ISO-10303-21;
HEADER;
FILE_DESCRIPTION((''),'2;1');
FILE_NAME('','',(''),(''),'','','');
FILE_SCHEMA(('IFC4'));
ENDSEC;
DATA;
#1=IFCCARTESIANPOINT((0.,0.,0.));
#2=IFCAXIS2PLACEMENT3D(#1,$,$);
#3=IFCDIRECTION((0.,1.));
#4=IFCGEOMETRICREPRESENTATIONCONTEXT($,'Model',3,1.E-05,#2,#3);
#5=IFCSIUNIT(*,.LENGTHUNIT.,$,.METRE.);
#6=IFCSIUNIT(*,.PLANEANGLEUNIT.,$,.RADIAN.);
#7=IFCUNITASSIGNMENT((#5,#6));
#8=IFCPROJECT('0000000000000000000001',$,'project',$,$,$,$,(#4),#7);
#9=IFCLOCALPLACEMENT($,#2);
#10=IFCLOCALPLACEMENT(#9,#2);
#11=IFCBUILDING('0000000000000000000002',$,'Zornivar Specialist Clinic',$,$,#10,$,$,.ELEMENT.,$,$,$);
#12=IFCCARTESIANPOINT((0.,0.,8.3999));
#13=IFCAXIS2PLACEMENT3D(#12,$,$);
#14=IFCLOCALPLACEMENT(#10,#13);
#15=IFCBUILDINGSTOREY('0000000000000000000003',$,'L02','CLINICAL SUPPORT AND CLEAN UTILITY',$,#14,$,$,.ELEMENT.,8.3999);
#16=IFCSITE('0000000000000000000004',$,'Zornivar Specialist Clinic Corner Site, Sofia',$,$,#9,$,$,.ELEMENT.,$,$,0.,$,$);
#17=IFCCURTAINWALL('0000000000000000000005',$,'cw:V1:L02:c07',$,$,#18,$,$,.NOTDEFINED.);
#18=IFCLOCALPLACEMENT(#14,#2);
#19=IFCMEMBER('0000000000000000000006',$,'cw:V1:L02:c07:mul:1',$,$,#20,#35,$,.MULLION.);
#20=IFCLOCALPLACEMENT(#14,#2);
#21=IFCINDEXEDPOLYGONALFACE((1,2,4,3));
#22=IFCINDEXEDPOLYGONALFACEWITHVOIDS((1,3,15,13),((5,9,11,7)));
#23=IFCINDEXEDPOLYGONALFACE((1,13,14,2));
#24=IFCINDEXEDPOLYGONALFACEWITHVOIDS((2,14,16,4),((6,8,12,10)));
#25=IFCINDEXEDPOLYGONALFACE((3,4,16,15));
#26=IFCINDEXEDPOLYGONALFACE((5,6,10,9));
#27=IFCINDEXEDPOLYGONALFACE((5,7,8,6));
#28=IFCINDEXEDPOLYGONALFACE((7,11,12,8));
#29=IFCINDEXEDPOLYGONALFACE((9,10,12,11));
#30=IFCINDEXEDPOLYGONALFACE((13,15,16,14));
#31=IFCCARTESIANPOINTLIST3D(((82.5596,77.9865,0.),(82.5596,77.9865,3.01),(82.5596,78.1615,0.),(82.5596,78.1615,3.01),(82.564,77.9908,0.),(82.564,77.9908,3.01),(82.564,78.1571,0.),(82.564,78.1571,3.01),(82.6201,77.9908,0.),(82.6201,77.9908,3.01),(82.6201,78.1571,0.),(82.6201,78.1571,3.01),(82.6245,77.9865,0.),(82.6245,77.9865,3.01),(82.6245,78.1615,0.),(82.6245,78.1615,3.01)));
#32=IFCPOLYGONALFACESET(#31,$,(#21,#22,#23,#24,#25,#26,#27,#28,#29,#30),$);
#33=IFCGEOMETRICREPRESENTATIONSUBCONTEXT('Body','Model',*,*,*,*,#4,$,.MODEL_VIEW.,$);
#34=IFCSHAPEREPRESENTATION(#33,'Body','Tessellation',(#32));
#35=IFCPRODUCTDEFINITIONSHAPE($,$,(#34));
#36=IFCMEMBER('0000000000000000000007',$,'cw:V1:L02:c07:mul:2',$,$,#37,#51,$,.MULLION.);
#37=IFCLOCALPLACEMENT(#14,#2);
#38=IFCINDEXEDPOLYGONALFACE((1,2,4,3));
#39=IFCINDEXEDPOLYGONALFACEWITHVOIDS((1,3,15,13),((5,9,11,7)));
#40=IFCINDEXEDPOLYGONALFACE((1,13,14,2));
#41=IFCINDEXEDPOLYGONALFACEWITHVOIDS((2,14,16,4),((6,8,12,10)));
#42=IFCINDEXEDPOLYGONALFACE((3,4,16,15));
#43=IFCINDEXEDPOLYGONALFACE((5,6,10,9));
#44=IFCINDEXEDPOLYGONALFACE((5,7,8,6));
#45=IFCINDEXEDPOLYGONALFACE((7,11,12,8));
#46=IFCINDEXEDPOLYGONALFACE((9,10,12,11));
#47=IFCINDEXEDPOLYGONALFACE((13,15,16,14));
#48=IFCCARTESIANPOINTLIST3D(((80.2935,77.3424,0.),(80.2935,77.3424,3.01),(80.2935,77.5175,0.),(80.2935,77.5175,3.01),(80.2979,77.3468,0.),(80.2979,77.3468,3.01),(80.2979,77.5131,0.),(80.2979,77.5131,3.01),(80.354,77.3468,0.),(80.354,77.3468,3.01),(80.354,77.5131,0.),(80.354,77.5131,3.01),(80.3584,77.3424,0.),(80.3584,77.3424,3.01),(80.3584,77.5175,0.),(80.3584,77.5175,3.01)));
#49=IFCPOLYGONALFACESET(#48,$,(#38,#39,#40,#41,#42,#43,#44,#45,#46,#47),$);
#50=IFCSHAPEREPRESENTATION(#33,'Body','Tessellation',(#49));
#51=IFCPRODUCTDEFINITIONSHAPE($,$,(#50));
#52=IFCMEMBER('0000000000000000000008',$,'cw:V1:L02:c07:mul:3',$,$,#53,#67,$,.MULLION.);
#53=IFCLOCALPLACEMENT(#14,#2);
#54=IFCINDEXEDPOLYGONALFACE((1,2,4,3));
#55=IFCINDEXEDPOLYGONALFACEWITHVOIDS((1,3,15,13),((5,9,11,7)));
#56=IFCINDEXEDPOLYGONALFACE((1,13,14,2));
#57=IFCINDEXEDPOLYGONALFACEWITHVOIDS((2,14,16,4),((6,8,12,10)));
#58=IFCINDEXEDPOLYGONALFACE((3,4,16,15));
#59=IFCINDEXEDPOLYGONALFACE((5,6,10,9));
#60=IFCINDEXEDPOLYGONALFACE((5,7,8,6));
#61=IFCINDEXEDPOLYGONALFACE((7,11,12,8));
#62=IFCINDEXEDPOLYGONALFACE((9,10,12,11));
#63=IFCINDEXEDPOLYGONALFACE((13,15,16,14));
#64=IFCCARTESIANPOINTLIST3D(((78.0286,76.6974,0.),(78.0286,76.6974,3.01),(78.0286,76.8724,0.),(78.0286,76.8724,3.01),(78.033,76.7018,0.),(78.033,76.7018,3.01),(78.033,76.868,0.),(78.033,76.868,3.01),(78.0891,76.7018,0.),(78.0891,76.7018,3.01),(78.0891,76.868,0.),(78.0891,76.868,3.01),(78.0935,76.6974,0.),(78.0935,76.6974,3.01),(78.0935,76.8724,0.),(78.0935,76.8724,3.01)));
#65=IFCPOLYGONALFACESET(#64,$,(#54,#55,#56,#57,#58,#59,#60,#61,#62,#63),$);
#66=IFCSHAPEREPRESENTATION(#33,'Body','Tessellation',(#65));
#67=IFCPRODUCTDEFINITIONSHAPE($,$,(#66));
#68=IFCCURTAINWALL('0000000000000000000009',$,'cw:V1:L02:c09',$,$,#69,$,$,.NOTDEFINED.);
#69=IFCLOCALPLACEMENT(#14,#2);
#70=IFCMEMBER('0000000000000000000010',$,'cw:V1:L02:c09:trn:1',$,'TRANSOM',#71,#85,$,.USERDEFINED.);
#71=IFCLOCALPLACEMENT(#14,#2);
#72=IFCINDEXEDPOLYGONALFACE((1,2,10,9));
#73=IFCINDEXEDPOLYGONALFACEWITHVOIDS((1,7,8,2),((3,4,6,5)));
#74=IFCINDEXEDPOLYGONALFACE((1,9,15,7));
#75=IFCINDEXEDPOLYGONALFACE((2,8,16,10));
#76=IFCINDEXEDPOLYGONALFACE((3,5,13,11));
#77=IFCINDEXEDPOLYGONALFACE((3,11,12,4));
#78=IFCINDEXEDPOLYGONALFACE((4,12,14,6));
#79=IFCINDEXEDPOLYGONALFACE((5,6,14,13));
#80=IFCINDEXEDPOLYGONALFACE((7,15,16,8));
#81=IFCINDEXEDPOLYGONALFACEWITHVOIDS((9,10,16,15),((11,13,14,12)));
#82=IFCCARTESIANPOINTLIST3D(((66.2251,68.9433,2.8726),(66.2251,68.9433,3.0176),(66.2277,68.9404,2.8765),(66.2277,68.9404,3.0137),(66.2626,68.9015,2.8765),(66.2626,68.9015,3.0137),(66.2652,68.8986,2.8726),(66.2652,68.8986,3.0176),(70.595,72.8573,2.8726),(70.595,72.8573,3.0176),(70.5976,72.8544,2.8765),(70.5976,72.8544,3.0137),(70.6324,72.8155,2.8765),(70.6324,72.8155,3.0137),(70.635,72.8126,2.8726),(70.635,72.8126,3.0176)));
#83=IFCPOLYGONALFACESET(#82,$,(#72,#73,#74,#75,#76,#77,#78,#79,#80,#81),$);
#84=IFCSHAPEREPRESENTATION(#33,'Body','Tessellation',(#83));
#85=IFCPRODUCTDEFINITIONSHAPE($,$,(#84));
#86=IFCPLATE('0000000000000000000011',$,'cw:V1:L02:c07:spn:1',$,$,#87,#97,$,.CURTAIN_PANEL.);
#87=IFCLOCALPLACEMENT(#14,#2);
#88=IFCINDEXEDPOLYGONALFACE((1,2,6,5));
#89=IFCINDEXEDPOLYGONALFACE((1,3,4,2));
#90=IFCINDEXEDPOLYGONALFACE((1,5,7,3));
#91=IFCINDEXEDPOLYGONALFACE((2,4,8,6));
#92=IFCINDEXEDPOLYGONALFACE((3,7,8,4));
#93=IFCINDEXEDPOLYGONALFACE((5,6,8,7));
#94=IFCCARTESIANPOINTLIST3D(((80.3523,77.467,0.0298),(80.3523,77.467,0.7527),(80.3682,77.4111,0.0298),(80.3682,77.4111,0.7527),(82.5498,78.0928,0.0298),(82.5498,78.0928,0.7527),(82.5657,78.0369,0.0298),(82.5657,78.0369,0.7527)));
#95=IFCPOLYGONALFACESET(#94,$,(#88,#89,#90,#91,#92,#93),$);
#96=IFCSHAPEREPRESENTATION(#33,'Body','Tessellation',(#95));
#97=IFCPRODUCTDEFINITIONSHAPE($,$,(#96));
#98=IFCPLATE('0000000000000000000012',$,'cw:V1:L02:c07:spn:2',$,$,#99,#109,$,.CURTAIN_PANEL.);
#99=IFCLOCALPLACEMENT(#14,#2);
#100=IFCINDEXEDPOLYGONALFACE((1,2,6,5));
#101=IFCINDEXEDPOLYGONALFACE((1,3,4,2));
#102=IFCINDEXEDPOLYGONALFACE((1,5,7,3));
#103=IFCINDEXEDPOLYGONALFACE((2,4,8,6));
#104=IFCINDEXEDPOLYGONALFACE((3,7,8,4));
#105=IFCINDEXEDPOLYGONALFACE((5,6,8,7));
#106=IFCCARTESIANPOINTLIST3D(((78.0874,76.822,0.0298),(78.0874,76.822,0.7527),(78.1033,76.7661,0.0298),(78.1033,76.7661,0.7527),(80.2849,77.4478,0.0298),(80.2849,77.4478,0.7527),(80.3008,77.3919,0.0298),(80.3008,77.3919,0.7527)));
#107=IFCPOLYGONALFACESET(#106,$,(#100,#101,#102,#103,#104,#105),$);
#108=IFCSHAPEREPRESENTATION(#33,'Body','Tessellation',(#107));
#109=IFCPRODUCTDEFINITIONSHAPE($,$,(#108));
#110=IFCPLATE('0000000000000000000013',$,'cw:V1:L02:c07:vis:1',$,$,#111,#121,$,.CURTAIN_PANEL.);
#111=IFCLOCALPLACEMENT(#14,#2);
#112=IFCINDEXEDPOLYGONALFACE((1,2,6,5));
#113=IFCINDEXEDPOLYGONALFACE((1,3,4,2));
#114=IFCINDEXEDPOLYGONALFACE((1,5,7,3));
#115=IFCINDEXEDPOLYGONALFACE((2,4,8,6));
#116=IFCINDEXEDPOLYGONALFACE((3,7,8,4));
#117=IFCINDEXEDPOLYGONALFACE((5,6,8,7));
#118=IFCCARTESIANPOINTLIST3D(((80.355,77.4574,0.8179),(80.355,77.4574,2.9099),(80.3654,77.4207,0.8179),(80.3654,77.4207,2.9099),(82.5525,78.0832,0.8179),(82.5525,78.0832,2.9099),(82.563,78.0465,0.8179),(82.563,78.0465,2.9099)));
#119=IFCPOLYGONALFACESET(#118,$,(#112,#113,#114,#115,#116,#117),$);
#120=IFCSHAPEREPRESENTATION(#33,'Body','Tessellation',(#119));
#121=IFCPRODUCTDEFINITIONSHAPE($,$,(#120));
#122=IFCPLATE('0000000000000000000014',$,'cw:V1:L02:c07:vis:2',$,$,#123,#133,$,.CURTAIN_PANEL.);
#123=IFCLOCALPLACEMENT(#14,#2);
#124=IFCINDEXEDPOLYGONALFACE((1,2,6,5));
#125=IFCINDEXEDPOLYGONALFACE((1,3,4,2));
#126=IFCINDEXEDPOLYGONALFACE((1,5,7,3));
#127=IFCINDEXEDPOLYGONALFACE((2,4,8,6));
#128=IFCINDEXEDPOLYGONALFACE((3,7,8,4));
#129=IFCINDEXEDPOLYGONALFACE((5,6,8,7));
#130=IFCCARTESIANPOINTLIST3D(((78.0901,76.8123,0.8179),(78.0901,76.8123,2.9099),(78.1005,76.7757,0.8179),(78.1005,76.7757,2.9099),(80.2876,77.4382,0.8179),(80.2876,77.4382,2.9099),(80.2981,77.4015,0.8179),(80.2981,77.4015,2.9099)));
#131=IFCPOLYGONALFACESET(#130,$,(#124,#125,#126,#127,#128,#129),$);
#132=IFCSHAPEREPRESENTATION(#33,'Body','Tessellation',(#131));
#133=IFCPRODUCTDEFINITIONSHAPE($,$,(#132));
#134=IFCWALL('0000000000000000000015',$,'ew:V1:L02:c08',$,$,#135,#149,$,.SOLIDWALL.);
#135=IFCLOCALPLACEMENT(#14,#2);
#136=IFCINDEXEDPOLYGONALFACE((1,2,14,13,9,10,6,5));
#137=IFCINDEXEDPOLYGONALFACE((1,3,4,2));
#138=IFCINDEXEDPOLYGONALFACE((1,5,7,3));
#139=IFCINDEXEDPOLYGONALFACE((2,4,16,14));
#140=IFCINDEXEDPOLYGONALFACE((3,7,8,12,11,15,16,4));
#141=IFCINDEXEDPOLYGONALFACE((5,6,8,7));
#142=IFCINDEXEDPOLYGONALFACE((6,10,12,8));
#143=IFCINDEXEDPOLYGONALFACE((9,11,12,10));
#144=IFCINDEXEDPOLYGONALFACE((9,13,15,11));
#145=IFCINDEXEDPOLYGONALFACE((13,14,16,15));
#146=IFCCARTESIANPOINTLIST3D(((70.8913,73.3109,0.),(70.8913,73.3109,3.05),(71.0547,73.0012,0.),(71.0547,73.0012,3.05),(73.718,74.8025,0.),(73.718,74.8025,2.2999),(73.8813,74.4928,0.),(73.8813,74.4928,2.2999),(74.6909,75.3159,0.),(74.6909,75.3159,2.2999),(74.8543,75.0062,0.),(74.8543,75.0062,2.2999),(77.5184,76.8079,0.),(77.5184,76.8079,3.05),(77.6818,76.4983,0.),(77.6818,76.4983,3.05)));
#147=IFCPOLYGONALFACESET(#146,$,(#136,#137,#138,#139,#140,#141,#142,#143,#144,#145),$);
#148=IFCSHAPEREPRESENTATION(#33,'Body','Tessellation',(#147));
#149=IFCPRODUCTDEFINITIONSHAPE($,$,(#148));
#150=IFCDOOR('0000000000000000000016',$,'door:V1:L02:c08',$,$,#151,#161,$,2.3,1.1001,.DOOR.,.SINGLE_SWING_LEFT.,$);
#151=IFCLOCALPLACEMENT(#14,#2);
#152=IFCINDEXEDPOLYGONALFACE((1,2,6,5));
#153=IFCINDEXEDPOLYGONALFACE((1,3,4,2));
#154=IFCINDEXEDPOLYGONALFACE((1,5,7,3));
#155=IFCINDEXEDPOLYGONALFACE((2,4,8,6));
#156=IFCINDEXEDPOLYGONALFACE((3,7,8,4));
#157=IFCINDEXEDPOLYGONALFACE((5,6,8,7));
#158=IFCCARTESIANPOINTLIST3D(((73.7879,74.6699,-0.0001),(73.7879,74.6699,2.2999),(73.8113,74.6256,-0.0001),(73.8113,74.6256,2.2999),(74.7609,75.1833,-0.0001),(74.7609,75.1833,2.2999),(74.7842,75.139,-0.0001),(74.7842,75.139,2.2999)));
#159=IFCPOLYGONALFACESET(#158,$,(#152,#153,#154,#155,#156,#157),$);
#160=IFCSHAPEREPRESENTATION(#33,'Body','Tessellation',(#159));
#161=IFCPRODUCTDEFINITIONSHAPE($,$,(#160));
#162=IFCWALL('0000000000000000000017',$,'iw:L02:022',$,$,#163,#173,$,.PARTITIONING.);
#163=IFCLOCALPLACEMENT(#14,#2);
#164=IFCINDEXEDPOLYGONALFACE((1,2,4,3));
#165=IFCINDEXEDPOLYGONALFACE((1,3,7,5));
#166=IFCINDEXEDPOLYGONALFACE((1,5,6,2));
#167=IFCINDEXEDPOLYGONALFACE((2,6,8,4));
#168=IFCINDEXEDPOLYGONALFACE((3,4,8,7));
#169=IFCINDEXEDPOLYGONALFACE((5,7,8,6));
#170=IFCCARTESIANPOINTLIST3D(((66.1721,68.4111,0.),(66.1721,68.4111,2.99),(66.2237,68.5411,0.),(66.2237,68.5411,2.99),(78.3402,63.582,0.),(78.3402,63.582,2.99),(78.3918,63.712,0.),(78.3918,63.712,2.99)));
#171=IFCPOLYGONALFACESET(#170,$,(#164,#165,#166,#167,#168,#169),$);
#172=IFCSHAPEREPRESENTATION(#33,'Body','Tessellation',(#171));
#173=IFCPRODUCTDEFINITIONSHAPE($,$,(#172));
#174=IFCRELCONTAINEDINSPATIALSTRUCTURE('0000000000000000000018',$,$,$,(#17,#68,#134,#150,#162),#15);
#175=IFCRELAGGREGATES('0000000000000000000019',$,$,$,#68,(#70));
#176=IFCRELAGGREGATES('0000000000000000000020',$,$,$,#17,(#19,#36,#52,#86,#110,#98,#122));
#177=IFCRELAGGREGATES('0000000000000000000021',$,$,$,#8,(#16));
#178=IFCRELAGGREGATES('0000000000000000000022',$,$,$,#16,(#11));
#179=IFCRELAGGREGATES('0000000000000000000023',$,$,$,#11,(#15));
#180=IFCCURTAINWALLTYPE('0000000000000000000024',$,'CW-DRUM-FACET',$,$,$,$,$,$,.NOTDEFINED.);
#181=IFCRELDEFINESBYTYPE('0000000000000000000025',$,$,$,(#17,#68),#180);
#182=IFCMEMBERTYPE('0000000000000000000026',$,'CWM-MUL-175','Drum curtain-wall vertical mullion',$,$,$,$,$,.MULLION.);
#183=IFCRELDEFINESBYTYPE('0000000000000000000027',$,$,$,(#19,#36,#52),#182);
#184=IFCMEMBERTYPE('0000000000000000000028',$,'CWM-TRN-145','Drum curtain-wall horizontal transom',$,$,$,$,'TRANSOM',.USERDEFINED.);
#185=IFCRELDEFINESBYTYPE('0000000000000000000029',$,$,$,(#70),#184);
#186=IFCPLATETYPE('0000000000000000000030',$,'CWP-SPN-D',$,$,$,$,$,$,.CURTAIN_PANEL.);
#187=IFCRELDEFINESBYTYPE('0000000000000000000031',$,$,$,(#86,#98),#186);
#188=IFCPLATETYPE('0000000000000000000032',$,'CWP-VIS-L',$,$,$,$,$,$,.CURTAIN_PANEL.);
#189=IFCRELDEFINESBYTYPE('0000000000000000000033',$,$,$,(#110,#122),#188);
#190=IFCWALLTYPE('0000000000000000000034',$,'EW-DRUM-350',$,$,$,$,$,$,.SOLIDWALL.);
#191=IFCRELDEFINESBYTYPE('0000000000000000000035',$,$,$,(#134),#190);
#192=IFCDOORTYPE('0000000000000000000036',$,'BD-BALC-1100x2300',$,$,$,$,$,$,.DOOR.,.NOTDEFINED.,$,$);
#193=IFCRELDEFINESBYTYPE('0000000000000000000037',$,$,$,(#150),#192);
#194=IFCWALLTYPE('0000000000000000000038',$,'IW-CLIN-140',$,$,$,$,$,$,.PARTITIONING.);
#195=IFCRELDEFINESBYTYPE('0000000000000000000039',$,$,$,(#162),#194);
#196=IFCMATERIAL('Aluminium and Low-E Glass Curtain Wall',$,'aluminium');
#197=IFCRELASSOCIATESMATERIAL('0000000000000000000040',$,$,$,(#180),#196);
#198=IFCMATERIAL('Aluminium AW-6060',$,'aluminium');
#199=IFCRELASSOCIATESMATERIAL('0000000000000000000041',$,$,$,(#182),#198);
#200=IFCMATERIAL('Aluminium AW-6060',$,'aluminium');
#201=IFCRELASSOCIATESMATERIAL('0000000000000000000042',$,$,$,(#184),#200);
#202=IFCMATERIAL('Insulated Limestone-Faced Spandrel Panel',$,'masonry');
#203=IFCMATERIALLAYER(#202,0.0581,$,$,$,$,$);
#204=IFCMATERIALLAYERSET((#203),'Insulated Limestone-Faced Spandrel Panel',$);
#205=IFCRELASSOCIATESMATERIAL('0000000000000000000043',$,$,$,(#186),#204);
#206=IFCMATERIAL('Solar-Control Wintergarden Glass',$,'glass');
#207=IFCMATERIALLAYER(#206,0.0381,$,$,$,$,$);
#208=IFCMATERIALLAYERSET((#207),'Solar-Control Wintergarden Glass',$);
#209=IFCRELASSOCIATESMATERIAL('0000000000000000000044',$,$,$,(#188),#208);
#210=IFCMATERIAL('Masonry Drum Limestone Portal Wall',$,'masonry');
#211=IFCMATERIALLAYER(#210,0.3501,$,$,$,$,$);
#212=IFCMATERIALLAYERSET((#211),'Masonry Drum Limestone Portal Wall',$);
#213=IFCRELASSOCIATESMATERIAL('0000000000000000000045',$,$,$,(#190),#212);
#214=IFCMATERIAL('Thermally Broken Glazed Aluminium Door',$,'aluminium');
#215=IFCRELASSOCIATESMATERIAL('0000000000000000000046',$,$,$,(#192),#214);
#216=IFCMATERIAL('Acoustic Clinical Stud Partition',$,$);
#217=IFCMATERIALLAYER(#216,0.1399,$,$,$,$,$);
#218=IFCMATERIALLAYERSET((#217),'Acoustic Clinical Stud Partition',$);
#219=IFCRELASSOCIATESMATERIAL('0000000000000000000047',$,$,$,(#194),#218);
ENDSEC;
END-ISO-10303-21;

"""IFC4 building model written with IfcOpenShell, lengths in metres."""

from ifc_helpers import new_model, si_unit, direction, frame, frame_2d, origin, origin_2d, place, context, subcontext, project, spatial, rectangle, hollow_rectangle, extrude, material, layer, layer_set, material_profile, profile_set, type_object, element, fill, aggregate, save


model = new_model("IFC4")

# Units and contexts
model_context = context("Model", 3, precision=1e-05, world=origin(), true_north=direction((0.0, 1.0)))
body_context = subcontext(model_context, "Body", "Model", "MODEL_VIEW")
ifc_project = project(units=[si_unit("LENGTHUNIT", "METRE"), si_unit("PLANEANGLEUNIT", "RADIAN")], contexts=[model_context])

# Site, building, storey
site_placement = place(None, origin())
site = spatial("IfcSite", under=ifc_project, at=site_placement, Name="Zornivar Specialist Clinic Corner Site, Sofia", CompositionType="ELEMENT", RefElevation=0.0)
building_placement = place(site_placement, origin())
building = spatial("IfcBuilding", under=site, at=building_placement, Name="Zornivar Specialist Clinic", CompositionType="ELEMENT")
storey_placement = place(building_placement, frame((0.0, 0.0, 8.3999)))
storey = spatial("IfcBuildingStorey", under=building, at=storey_placement, Name="L02", Description="CLINICAL SUPPORT AND CLEAN UTILITY", CompositionType="ELEMENT", Elevation=8.3999)

# Curtain wall, members
ifc_material_1 = material(Name="Aluminium and Low-E Glass Curtain Wall", Category="aluminium")
curtain_wall_type = type_object("IfcCurtainWallType", Name="CW-DRUM-FACET", PredefinedType="NOTDEFINED", material=ifc_material_1)
curtain_wall_1_placement = place(storey_placement, origin())
curtain_wall_1 = element("IfcCurtainWall", 1, at=curtain_wall_1_placement, inside=storey, type_object=curtain_wall_type, Name="cw:V1:L02:c07", PredefinedType="NOTDEFINED")
ifc_material_2 = material(Name="Aluminium AW-6060", Category="aluminium")
ifc_material_profile_1 = material_profile(ifc_material_2, hollow_rectangle(XDim=0.0649, YDim=0.175, WallThickness=0.0044, at=origin_2d()), Name="ALU 65x175x4.5")
ifc_profile_set_1 = profile_set([ifc_material_profile_1], Name="Aluminium AW-6060")
member_type_1 = type_object("IfcMemberType", Name="CWM-MUL-175", Description="Drum curtain-wall vertical mullion", PredefinedType="MULLION", material=ifc_profile_set_1)
member_1_placement = place(storey_placement, frame((82.592, 78.074, 0.0), z_axis=(0.0, 0.0, 1.0), x_axis=(1.0, 0.0, 0.0)))
member_1 = element("IfcMember", 2, at=member_1_placement, type_object=member_type_1, Name="cw:V1:L02:c07:mul:1", PredefinedType="MULLION", context=body_context, shape_type="SweptSolid", body=[
    extrude(hollow_rectangle(XDim=0.0649, YDim=0.175, WallThickness=0.0044, at=origin_2d()), origin(), (0.0, 0.0, 1.0), 3.01),
])
member_2_placement = place(storey_placement, frame((80.3259, 77.4299, 0.0), z_axis=(0.0, 0.0, 1.0), x_axis=(1.0, 0.0, 0.0)))
member_2 = element("IfcMember", 3, at=member_2_placement, type_object=member_type_1, Name="cw:V1:L02:c07:mul:2", PredefinedType="MULLION", context=body_context, shape_type="SweptSolid", body=[
    extrude(hollow_rectangle(XDim=0.0649, YDim=0.175, WallThickness=0.0044, at=origin_2d()), origin(), (0.0, 0.0, 1.0), 3.01),
])
member_3_placement = place(storey_placement, frame((78.061, 76.7849, 0.0), z_axis=(0.0, 0.0, 1.0), x_axis=(1.0, 0.0, 0.0)))
member_3 = element("IfcMember", 4, at=member_3_placement, type_object=member_type_1, Name="cw:V1:L02:c07:mul:3", PredefinedType="MULLION", context=body_context, shape_type="SweptSolid", body=[
    extrude(hollow_rectangle(XDim=0.0649, YDim=0.175, WallThickness=0.0044, at=origin_2d()), origin(), (0.0, 0.0, 1.0), 3.01),
])

# Curtain wall, member
curtain_wall_2_placement = place(storey_placement, origin())
curtain_wall_2 = element("IfcCurtainWall", 5, at=curtain_wall_2_placement, inside=storey, type_object=curtain_wall_type, Name="cw:V1:L02:c09", PredefinedType="NOTDEFINED")
ifc_material_3 = material(Name="Aluminium AW-6060", Category="aluminium")
ifc_material_profile_2 = material_profile(ifc_material_3, hollow_rectangle(XDim=0.0601, YDim=0.145, WallThickness=0.0039, at=origin_2d()), Name="ALU 60x145x4")
ifc_profile_set_2 = profile_set([ifc_material_profile_2], Name="Aluminium AW-6060")
member_type_2 = type_object("IfcMemberType", Name="CWM-TRN-145", Description="Drum curtain-wall horizontal transom", ElementType="TRANSOM", PredefinedType="USERDEFINED", material=ifc_profile_set_2)
member_4_placement = place(storey_placement, frame((70.615, 72.835, 2.9451), z_axis=(-0.744887, -0.66719, 0.0), x_axis=(0.66719, -0.744887, 0.0)))
member_4 = element("IfcMember", 6, at=member_4_placement, type_object=member_type_2, Name="cw:V1:L02:c09:trn:1", ObjectType="TRANSOM", PredefinedType="USERDEFINED", context=body_context, shape_type="SweptSolid", body=[
    extrude(hollow_rectangle(XDim=0.0601, YDim=0.145, WallThickness=0.0039, at=origin_2d()), origin(), (0.0, 0.0, 1.0), 5.8665),
])
aggregate(curtain_wall_2, [member_4])

# Plates
ifc_material_4 = material(Name="Insulated Limestone-Faced Spandrel Panel", Category="masonry")
ifc_layer_1 = layer(ifc_material_4, 0.0581)
ifc_layer_set_1 = layer_set([ifc_layer_1], Name="Insulated Limestone-Faced Spandrel Panel")
plate_type_1 = type_object("IfcPlateType", Name="CWP-SPN-D", PredefinedType="CURTAIN_PANEL", material=ifc_layer_set_1)
plate_1_placement = place(storey_placement, frame((81.459, 77.752, 0.0298), z_axis=(0.0, 0.0, 1.0), x_axis=(-0.961761, -0.273889, 0.0)))
plate_1 = element("IfcPlate", 7, at=plate_1_placement, type_object=plate_type_1, Name="cw:V1:L02:c07:spn:1", PredefinedType="CURTAIN_PANEL", context=body_context, shape_type="SweptSolid", body=[
    extrude(rectangle(XDim=2.2849, YDim=0.0581, at=origin_2d()), origin(), (0.0, 0.0, 1.0), 0.7229),
])
plate_2_placement = place(storey_placement, frame((79.1941, 77.1069, 0.0298), z_axis=(0.0, 0.0, 1.0), x_axis=(-0.961761, -0.273889, 0.0)))
plate_2 = element("IfcPlate", 8, at=plate_2_placement, type_object=plate_type_1, Name="cw:V1:L02:c07:spn:2", PredefinedType="CURTAIN_PANEL", context=body_context, shape_type="SweptSolid", body=[
    extrude(rectangle(XDim=2.2849, YDim=0.0581, at=origin_2d()), origin(), (0.0, 0.0, 1.0), 0.7229),
])
ifc_material_5 = material(Name="Solar-Control Wintergarden Glass", Category="glass")
ifc_layer_2 = layer(ifc_material_5, 0.0381)
ifc_layer_set_2 = layer_set([ifc_layer_2], Name="Solar-Control Wintergarden Glass")
plate_type_2 = type_object("IfcPlateType", Name="CWP-VIS-L", PredefinedType="CURTAIN_PANEL", material=ifc_layer_set_2)
plate_3_placement = place(storey_placement, frame((81.459, 77.752, 0.8179), z_axis=(0.0, 0.0, 1.0), x_axis=(-0.961761, -0.273889, 0.0)))
plate_3 = element("IfcPlate", 9, at=plate_3_placement, type_object=plate_type_2, Name="cw:V1:L02:c07:vis:1", PredefinedType="CURTAIN_PANEL", context=body_context, shape_type="SweptSolid", body=[
    extrude(rectangle(XDim=2.2849, YDim=0.0381, at=origin_2d()), origin(), (0.0, 0.0, 1.0), 2.092),
])
plate_4_placement = place(storey_placement, frame((79.1941, 77.1069, 0.8179), z_axis=(0.0, 0.0, 1.0), x_axis=(-0.961761, -0.273889, 0.0)))
plate_4 = element("IfcPlate", 10, at=plate_4_placement, type_object=plate_type_2, Name="cw:V1:L02:c07:vis:2", PredefinedType="CURTAIN_PANEL", context=body_context, shape_type="SweptSolid", body=[
    extrude(rectangle(XDim=2.2849, YDim=0.0381, at=origin_2d()), origin(), (0.0, 0.0, 1.0), 2.092),
])
aggregate(curtain_wall_1, [member_1, member_2, member_3, plate_1, plate_3, plate_2, plate_4])

# Wall, opening, door
ifc_material_6 = material(Name="Masonry Drum Limestone Portal Wall", Category="masonry")
ifc_layer_3 = layer(ifc_material_6, 0.3501)
ifc_layer_set_3 = layer_set([ifc_layer_3], Name="Masonry Drum Limestone Portal Wall")
wall_type_1 = type_object("IfcWallType", Name="EW-DRUM-350", PredefinedType="SOLIDWALL", material=ifc_layer_set_3)
wall_1_placement = place(storey_placement, frame((77.6001, 76.6531, 0.0), z_axis=(0.0, 0.0, 1.0), x_axis=(-0.884419, -0.466694, 0.0)))
wall_1 = element("IfcWall", 11, at=wall_1_placement, inside=storey, type_object=wall_type_1, Name="ew:V1:L02:c08", PredefinedType="SOLIDWALL", context=body_context, shape_type="SweptSolid", body=[
    extrude(rectangle(XDim=7.4932, YDim=0.3501, at=frame_2d((3.7466, 0.0))), origin(), (0.0, 0.0, 1.0), 3.05),
])
opening_1_placement = place(wall_1_placement, frame((3.197, 0.0, 0.0)))
opening_1 = element("IfcOpeningElement", 12, at=opening_1_placement, cuts=wall_1, PredefinedType="OPENING", context=body_context, shape_type="SweptSolid", body=[
    extrude(rectangle(XDim=1.1001, YDim=2.3, at=frame_2d((0.55, 1.1499))), frame((0.0, 0.1851, 0.0), z_axis=(0.0, -1.0, 0.0), x_axis=(1.0, 0.0, 0.0)), (0.0, 0.0, 1.0), 0.3701),
])
ifc_material_7 = material(Name="Thermally Broken Glazed Aluminium Door", Category="aluminium")
door_type_1 = type_object("IfcDoorType", Name="BD-BALC-1100x2300", OperationType="NOTDEFINED", PredefinedType="DOOR", material=ifc_material_7)
door_1_placement = place(opening_1_placement, origin())
door_1 = element("IfcDoor", 13, at=door_1_placement, inside=storey, type_object=door_type_1, Name="door:V1:L02:c08", OperationType="SINGLE_SWING_LEFT", OverallHeight=2.3, OverallWidth=1.1001, PredefinedType="DOOR", context=body_context, shape_type="SweptSolid", body=[
    extrude(rectangle(XDim=1.1001, YDim=2.3, at=frame_2d((0.55, 1.1499))), frame((0.0, 0.0249, 0.0), z_axis=(0.0, -1.0, 0.0), x_axis=(1.0, 0.0, 0.0)), (0.0, 0.0, 1.0), 0.05),
])
fill(opening_1, door_1)

# Wall
ifc_material_8 = material(Name="Acoustic Clinical Stud Partition")
ifc_layer_4 = layer(ifc_material_8, 0.1399)
ifc_layer_set_4 = layer_set([ifc_layer_4], Name="Acoustic Clinical Stud Partition")
wall_type_2 = type_object("IfcWallType", Name="IW-CLIN-140", PredefinedType="PARTITIONING", material=ifc_layer_set_4)
wall_2_placement = place(storey_placement, frame((78.366, 63.647, 0.0), z_axis=(0.0, 0.0, 1.0), x_axis=(-0.929477, 0.368881, 0.0)))
element("IfcWall", 14, at=wall_2_placement, inside=storey, type_object=wall_type_2, Name="iw:L02:022", PredefinedType="PARTITIONING", context=body_context, shape_type="SweptSolid", body=[
    extrude(rectangle(XDim=13.0913, YDim=0.1399, at=frame_2d((6.5457, 0.0))), origin(), (0.0, 0.0, 1.0), 2.99),
])

save(model, "model.ifc")
